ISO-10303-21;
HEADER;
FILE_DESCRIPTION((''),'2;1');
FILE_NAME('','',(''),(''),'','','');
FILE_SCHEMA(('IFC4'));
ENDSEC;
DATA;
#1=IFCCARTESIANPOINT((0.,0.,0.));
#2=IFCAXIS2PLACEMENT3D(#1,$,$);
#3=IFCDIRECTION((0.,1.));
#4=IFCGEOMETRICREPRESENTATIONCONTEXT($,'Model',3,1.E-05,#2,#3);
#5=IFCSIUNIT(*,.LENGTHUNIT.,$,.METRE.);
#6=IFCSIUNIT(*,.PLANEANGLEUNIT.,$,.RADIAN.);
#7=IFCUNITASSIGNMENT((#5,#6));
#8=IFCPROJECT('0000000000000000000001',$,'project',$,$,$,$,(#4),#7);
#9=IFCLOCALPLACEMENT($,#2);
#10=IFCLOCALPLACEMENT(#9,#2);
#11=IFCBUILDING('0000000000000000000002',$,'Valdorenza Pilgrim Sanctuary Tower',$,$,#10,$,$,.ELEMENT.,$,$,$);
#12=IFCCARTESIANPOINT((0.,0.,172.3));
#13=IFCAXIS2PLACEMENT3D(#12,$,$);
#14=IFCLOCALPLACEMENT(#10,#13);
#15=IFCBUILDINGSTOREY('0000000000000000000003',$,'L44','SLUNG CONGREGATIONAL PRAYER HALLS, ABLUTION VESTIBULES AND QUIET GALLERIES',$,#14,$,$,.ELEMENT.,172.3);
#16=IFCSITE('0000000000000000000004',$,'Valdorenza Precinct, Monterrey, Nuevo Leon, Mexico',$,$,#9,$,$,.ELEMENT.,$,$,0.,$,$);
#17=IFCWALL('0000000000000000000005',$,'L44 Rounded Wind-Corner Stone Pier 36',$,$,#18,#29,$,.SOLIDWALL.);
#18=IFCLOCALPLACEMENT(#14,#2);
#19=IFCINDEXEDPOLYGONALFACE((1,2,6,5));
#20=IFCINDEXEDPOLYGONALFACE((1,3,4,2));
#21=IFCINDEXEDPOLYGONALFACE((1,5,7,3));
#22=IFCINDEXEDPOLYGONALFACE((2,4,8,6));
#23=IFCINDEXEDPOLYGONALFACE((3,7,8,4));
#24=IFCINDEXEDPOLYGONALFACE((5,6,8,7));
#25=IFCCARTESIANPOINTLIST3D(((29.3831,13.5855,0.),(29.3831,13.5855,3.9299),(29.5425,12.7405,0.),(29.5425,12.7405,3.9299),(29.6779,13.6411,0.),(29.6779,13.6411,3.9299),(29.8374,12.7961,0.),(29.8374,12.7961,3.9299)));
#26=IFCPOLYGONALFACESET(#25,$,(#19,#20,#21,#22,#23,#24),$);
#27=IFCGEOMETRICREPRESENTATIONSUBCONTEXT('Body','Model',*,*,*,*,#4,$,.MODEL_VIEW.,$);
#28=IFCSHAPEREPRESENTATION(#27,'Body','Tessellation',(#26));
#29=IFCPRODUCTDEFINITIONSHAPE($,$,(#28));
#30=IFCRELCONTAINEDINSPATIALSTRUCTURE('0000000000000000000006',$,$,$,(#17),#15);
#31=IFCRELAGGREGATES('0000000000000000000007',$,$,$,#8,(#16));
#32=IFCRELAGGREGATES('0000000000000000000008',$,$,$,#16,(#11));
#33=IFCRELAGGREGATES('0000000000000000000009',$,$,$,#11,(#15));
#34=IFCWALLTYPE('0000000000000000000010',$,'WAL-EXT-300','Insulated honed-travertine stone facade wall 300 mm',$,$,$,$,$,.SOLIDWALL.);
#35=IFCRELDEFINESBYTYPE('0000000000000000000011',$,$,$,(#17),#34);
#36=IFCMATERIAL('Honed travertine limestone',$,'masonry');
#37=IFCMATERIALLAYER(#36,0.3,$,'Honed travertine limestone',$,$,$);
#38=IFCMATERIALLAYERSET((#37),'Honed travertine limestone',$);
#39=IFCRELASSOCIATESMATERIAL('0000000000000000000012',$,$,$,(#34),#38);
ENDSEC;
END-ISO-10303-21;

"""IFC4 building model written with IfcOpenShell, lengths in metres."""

from ifc_helpers import new_model, si_unit, direction, frame, frame_2d, origin, place, context, subcontext, project, spatial, rectangle, extrude, material, layer, layer_set, type_object, element, save


model = new_model("IFC4")

# Units and contexts
model_context = context("Model", 3, precision=1e-05, world=origin(), true_north=direction((0.0, 1.0)))
body_context = subcontext(model_context, "Body", "Model", "MODEL_VIEW")
ifc_project = project(units=[si_unit("LENGTHUNIT", "METRE"), si_unit("PLANEANGLEUNIT", "RADIAN")], contexts=[model_context])

# Site, building, storey
site_placement = place(None, origin())
site = spatial("IfcSite", under=ifc_project, at=site_placement, Name="Valdorenza Precinct, Monterrey, Nuevo Leon, Mexico", CompositionType="ELEMENT", RefElevation=0.0)
building_placement = place(site_placement, origin())
building = spatial("IfcBuilding", under=site, at=building_placement, Name="Valdorenza Pilgrim Sanctuary Tower", CompositionType="ELEMENT")
storey_placement = place(building_placement, frame((0.0, 0.0, 172.3)))
storey = spatial("IfcBuildingStorey", under=building, at=storey_placement, Name="L44", Description="SLUNG CONGREGATIONAL PRAYER HALLS, ABLUTION VESTIBULES AND QUIET GALLERIES", CompositionType="ELEMENT", Elevation=172.3)

# Shared definitions
ifc_material_1 = material(Name="Honed travertine limestone", Category="masonry")

# Wall
ifc_layer_1 = layer(ifc_material_1, 0.3, Name="Honed travertine limestone")
ifc_layer_set_1 = layer_set([ifc_layer_1], Name="Honed travertine limestone")
wall_type_1 = type_object("IfcWallType", Name="WAL-EXT-300", Description="Insulated honed-travertine stone facade wall 300 mm", PredefinedType="SOLIDWALL", material=ifc_layer_set_1)
wall_1_placement = place(storey_placement, frame((29.5305, 13.6133, 0.0), z_axis=(0.0, 0.0, 1.0), x_axis=(0.185403, -0.982663, 0.0)))
element("IfcWall", 1, at=wall_1_placement, inside=storey, type_object=wall_type_1, Name="L44 Rounded Wind-Corner Stone Pier 36", PredefinedType="SOLIDWALL", context=body_context, shape_type="SweptSolid", body=[
    extrude(rectangle(XDim=0.8599, YDim=0.3, at=frame_2d((0.4299, 0.0))), origin(), (0.0, 0.0, 1.0), 3.9299),
])

save(model, "model.ifc")
